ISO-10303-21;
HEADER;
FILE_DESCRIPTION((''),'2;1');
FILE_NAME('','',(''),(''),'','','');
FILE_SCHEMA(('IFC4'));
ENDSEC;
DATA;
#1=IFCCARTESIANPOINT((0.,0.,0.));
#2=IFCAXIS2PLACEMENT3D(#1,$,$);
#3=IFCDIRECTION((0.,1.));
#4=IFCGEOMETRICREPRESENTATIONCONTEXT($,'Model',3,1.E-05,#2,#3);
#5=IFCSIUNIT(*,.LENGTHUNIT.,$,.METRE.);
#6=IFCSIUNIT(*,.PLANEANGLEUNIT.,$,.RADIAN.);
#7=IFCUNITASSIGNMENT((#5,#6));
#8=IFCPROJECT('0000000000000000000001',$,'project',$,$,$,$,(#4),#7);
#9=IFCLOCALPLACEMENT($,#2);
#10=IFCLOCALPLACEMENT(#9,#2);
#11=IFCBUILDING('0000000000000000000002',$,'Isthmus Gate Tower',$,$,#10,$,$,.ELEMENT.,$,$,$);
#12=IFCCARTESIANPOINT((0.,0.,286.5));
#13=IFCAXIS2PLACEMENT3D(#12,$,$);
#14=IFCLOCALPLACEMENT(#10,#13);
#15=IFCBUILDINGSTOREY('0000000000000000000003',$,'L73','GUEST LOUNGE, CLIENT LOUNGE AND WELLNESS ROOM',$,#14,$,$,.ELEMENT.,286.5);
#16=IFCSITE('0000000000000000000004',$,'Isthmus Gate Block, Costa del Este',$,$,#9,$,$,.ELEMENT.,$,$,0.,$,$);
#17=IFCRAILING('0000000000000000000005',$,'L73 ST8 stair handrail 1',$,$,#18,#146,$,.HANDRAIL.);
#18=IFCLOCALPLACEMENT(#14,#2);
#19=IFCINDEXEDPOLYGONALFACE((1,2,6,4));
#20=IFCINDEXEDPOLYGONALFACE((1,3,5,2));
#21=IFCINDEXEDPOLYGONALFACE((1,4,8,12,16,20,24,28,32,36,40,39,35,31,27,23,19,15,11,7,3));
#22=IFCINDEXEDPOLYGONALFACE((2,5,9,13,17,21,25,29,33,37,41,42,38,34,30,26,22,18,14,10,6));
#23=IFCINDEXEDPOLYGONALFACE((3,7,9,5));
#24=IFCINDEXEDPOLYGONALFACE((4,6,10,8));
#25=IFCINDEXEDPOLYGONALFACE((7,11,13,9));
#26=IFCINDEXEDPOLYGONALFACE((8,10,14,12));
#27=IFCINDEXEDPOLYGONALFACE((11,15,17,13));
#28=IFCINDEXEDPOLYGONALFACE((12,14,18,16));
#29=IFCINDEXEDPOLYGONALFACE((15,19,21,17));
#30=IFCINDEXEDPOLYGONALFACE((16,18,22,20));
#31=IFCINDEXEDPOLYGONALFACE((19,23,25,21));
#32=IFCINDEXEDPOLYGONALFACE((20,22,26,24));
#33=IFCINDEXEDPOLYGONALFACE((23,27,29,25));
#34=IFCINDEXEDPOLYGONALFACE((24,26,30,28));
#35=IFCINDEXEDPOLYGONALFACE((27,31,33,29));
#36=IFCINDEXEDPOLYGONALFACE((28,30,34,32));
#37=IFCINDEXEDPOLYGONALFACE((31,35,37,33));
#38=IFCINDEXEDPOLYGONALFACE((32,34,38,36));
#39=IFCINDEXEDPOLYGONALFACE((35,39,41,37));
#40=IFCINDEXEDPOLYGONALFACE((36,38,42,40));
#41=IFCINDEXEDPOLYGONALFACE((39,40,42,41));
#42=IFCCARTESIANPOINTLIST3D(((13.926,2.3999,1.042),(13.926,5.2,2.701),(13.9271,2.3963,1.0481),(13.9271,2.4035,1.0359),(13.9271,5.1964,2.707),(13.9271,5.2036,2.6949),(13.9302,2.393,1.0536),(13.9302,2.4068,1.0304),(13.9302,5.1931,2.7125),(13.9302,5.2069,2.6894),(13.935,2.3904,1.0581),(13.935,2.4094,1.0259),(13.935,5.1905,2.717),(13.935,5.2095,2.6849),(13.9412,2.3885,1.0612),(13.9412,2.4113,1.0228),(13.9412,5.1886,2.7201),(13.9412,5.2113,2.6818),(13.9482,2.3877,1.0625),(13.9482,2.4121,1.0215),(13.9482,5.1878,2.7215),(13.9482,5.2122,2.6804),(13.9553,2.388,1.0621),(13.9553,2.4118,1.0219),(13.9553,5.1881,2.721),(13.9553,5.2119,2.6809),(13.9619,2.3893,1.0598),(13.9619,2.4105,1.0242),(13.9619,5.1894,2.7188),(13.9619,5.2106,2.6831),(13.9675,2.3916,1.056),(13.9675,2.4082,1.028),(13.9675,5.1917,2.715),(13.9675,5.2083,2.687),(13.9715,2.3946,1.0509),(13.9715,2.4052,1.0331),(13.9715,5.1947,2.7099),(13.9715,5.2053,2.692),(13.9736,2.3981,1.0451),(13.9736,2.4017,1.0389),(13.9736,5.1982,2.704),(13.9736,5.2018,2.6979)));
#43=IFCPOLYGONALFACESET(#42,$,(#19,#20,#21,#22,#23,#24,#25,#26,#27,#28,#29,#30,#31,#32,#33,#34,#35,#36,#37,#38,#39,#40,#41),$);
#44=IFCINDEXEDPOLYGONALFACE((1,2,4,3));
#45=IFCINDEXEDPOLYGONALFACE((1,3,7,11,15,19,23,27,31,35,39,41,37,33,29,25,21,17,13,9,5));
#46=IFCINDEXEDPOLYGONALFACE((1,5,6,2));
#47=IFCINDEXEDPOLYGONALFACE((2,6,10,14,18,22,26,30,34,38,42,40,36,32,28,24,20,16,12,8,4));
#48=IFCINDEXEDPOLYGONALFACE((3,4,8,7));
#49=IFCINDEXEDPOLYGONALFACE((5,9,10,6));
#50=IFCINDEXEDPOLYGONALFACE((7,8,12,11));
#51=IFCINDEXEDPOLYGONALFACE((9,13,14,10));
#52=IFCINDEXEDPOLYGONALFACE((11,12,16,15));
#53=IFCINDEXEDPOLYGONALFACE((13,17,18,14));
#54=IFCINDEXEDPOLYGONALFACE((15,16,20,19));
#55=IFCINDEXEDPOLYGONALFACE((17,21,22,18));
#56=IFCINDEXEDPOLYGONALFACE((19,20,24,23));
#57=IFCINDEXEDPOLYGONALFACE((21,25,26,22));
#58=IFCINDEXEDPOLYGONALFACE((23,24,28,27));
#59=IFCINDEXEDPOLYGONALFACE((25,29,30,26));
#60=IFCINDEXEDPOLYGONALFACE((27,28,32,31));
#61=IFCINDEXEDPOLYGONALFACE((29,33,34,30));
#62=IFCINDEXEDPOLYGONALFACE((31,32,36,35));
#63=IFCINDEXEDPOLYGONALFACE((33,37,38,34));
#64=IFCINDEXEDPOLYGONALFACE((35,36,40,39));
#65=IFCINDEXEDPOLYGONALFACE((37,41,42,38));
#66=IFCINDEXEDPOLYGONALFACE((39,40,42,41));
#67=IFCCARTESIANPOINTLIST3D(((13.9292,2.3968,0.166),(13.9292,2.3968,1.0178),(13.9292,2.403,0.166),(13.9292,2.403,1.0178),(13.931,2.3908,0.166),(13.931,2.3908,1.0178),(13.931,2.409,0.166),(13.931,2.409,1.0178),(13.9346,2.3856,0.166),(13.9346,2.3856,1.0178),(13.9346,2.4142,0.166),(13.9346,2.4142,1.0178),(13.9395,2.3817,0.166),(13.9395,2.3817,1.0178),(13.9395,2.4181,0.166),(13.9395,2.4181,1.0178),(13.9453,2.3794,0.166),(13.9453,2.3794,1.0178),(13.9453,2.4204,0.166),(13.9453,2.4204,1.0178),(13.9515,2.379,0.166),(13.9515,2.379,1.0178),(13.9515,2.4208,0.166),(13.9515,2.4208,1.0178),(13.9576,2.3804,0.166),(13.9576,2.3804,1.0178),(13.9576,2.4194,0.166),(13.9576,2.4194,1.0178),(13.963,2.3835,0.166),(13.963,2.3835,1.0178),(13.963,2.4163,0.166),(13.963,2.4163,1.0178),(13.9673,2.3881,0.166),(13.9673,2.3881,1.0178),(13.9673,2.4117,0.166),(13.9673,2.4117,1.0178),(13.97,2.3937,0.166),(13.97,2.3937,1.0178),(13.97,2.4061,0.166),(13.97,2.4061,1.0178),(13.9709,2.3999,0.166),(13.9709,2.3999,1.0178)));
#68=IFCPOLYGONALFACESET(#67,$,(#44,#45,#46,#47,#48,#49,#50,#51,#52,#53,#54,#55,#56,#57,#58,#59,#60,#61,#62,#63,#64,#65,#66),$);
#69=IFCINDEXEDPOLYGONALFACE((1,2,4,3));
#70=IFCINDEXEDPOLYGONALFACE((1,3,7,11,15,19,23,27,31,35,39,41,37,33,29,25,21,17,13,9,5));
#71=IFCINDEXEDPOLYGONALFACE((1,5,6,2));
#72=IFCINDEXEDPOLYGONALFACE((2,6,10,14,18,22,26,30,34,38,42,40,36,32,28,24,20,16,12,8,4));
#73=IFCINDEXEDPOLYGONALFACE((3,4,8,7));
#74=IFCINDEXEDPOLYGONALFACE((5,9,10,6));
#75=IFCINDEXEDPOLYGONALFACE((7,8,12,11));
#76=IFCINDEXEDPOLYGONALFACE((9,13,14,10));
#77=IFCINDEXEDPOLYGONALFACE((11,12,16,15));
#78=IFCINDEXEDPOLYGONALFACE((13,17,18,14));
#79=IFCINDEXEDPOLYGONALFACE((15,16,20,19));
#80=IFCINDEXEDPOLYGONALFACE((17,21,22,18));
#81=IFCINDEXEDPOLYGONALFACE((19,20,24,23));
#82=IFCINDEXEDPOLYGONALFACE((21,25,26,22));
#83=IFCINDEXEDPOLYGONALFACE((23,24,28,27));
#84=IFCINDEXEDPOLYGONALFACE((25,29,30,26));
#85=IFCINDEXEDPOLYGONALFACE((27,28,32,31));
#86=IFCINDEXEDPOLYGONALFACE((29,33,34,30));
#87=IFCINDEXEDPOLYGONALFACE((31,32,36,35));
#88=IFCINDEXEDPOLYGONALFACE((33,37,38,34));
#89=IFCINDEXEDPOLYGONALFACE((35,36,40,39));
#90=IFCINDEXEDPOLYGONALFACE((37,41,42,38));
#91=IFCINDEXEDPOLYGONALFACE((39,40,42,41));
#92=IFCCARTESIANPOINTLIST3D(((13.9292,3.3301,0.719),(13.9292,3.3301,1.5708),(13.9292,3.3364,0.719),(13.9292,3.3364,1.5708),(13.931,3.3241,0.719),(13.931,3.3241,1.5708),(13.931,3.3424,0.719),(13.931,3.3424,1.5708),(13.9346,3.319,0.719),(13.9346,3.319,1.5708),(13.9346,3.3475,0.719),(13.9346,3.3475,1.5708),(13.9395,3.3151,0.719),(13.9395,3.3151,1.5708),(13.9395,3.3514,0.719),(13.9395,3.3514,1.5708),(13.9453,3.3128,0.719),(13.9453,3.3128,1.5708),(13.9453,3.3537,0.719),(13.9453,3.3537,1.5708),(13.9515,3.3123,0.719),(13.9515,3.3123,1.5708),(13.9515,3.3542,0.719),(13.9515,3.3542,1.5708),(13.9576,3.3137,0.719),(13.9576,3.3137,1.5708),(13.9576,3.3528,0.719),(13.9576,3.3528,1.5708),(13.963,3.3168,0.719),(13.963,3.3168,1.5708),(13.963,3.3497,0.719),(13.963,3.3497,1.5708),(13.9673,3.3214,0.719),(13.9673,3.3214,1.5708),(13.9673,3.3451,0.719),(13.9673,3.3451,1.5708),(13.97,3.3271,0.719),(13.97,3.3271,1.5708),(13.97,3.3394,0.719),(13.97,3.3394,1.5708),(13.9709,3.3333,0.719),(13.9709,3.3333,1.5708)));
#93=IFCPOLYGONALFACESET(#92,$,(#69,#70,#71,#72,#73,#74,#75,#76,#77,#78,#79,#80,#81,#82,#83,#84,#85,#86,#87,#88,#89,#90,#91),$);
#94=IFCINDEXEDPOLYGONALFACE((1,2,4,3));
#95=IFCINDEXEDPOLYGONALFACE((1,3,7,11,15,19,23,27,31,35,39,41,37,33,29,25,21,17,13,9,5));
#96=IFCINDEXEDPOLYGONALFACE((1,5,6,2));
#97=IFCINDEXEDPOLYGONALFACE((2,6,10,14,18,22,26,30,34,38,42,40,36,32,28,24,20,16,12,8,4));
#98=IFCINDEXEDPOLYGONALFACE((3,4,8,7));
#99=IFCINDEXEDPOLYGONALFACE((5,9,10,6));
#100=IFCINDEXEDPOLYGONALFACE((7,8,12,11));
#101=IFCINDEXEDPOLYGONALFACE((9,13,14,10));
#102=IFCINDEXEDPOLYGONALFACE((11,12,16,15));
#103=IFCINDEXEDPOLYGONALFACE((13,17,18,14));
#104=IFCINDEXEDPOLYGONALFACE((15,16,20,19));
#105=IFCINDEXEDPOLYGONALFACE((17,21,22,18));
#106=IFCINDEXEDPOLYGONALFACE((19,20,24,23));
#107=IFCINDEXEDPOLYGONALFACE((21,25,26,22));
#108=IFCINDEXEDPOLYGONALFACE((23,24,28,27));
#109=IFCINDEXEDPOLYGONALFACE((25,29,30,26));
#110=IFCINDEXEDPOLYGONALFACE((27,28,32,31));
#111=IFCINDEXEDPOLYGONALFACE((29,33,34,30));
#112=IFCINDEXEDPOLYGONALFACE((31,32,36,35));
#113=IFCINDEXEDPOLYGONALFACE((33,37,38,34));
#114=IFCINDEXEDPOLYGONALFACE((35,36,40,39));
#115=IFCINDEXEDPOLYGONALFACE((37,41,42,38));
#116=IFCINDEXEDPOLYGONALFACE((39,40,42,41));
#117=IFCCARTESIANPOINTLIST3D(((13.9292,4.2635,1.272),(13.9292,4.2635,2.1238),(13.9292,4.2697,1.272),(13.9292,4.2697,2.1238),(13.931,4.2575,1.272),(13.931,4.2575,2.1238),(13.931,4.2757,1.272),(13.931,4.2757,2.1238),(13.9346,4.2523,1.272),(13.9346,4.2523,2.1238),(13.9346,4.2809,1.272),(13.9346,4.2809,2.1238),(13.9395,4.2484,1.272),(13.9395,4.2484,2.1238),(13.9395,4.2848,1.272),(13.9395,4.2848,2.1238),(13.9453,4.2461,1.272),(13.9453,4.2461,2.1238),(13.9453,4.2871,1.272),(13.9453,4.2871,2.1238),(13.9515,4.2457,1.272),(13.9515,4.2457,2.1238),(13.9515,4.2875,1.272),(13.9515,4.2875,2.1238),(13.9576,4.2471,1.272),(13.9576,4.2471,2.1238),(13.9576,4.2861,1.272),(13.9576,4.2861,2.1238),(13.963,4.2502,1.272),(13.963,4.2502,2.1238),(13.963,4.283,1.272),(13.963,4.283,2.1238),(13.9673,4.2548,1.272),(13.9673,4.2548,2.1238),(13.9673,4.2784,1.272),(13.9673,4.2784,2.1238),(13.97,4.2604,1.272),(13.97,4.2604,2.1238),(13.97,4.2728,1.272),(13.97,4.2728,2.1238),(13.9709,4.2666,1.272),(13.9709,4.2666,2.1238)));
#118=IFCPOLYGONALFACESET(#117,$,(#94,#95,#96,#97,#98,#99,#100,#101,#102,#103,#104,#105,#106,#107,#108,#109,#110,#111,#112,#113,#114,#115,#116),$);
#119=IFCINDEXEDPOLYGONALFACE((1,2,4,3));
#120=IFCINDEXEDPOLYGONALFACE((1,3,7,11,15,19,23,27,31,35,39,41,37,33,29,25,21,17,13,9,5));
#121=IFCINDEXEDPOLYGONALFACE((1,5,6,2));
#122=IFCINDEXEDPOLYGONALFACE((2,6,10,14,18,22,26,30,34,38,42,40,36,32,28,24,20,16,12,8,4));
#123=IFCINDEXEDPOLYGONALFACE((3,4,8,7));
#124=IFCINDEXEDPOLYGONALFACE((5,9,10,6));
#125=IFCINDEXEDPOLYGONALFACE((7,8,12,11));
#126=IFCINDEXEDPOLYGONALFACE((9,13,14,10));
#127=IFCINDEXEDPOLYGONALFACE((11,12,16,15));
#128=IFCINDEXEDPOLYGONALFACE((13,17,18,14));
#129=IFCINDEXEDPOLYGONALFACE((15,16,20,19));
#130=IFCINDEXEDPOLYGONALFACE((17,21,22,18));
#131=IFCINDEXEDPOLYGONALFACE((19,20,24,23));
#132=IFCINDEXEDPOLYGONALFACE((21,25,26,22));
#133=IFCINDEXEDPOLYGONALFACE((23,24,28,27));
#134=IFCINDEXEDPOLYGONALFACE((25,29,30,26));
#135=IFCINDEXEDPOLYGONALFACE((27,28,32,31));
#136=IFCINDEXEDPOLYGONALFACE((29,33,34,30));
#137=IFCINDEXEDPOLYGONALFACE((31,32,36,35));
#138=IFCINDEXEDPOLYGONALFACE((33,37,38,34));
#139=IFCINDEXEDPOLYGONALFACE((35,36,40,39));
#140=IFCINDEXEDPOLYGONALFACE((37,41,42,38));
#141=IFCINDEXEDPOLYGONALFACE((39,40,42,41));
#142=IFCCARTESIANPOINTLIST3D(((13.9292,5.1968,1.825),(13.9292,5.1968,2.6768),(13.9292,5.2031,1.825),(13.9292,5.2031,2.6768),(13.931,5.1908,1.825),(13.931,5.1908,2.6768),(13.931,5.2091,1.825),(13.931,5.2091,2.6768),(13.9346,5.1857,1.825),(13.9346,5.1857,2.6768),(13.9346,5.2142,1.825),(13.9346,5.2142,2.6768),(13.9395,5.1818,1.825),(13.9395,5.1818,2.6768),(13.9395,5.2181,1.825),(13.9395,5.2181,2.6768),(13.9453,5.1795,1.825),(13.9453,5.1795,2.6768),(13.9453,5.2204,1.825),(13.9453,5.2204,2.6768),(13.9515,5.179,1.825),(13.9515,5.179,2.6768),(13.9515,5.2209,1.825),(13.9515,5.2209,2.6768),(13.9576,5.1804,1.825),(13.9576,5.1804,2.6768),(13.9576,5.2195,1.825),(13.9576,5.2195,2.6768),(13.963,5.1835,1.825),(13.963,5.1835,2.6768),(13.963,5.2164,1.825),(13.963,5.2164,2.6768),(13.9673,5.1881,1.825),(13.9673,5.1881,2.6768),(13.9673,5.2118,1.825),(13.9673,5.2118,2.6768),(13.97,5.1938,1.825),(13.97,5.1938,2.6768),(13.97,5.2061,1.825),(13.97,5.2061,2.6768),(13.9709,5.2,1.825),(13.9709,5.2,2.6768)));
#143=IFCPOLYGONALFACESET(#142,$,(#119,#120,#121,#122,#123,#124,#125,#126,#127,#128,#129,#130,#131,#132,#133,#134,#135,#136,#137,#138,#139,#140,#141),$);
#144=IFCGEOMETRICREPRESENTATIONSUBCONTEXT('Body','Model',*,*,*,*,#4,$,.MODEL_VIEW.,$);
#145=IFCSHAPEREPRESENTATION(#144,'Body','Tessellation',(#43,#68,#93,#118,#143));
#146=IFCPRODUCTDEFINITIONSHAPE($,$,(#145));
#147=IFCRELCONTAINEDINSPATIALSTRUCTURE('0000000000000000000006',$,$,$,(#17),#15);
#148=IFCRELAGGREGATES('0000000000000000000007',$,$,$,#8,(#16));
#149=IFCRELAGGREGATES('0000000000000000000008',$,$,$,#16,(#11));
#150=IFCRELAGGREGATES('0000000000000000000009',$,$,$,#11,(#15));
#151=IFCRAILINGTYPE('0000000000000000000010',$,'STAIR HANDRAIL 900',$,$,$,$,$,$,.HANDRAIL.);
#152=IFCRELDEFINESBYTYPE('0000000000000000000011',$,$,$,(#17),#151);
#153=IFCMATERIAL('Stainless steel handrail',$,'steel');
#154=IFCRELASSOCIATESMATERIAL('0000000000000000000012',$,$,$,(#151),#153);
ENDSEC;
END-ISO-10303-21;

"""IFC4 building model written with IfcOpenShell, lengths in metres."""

from ifc_helpers import new_model, si_unit, direction, frame, origin, origin_2d, place, context, subcontext, project, spatial, circle, extrude, material, type_object, element, save


model = new_model("IFC4")

# Units and contexts
model_context = context("Model", 3, precision=1e-05, world=origin(), true_north=direction((0.0, 1.0)))
body_context = subcontext(model_context, "Body", "Model", "MODEL_VIEW")
ifc_project = project(units=[si_unit("LENGTHUNIT", "METRE"), si_unit("PLANEANGLEUNIT", "RADIAN")], contexts=[model_context])

# Site, building, storey
site_placement = place(None, origin())
site = spatial("IfcSite", under=ifc_project, at=site_placement, Name="Isthmus Gate Block, Costa del Este", CompositionType="ELEMENT", RefElevation=0.0)
building_placement = place(site_placement, origin())
building = spatial("IfcBuilding", under=site, at=building_placement, Name="Isthmus Gate Tower", CompositionType="ELEMENT")
storey_placement = place(building_placement, frame((0.0, 0.0, 286.5)))
storey = spatial("IfcBuildingStorey", under=building, at=storey_placement, Name="L73", Description="GUEST LOUNGE, CLIENT LOUNGE AND WELLNESS ROOM", CompositionType="ELEMENT", Elevation=286.5)

# Railing
ifc_material_1 = material(Name="Stainless steel handrail", Category="steel")
railing_type_1 = type_object("IfcRailingType", Name="STAIR HANDRAIL 900", PredefinedType="HANDRAIL", material=ifc_material_1)
railing_1_placement = place(storey_placement, frame((13.95, 2.3999, 0.166)))
element("IfcRailing", 1, at=railing_1_placement, inside=storey, type_object=railing_type_1, Name="L73 ST8 stair handrail 1", PredefinedType="HANDRAIL", context=body_context, shape_type="SweptSolid", body=[
    extrude(circle(Radius=0.0239, at=origin_2d()), frame((0.0, 0.0, 0.876), z_axis=(0.0, 0.860339, 0.509722), x_axis=(-1.0, 0.0, 0.0)), (0.0, 0.0, 1.0), 3.2546),
    extrude(circle(Radius=0.021, at=origin_2d()), origin(), (0.0, 0.0, 1.0), 0.8518),
    extrude(circle(Radius=0.021, at=origin_2d()), frame((0.0, 0.9333, 0.553)), (0.0, 0.0, 1.0), 0.8518),
    extrude(circle(Radius=0.021, at=origin_2d()), frame((0.0, 1.8667, 1.106)), (0.0, 0.0, 1.0), 0.8518),
    extrude(circle(Radius=0.021, at=origin_2d()), frame((0.0, 2.8, 1.6589)), (0.0, 0.0, 1.0), 0.8518),
])

save(model, "model.ifc")
